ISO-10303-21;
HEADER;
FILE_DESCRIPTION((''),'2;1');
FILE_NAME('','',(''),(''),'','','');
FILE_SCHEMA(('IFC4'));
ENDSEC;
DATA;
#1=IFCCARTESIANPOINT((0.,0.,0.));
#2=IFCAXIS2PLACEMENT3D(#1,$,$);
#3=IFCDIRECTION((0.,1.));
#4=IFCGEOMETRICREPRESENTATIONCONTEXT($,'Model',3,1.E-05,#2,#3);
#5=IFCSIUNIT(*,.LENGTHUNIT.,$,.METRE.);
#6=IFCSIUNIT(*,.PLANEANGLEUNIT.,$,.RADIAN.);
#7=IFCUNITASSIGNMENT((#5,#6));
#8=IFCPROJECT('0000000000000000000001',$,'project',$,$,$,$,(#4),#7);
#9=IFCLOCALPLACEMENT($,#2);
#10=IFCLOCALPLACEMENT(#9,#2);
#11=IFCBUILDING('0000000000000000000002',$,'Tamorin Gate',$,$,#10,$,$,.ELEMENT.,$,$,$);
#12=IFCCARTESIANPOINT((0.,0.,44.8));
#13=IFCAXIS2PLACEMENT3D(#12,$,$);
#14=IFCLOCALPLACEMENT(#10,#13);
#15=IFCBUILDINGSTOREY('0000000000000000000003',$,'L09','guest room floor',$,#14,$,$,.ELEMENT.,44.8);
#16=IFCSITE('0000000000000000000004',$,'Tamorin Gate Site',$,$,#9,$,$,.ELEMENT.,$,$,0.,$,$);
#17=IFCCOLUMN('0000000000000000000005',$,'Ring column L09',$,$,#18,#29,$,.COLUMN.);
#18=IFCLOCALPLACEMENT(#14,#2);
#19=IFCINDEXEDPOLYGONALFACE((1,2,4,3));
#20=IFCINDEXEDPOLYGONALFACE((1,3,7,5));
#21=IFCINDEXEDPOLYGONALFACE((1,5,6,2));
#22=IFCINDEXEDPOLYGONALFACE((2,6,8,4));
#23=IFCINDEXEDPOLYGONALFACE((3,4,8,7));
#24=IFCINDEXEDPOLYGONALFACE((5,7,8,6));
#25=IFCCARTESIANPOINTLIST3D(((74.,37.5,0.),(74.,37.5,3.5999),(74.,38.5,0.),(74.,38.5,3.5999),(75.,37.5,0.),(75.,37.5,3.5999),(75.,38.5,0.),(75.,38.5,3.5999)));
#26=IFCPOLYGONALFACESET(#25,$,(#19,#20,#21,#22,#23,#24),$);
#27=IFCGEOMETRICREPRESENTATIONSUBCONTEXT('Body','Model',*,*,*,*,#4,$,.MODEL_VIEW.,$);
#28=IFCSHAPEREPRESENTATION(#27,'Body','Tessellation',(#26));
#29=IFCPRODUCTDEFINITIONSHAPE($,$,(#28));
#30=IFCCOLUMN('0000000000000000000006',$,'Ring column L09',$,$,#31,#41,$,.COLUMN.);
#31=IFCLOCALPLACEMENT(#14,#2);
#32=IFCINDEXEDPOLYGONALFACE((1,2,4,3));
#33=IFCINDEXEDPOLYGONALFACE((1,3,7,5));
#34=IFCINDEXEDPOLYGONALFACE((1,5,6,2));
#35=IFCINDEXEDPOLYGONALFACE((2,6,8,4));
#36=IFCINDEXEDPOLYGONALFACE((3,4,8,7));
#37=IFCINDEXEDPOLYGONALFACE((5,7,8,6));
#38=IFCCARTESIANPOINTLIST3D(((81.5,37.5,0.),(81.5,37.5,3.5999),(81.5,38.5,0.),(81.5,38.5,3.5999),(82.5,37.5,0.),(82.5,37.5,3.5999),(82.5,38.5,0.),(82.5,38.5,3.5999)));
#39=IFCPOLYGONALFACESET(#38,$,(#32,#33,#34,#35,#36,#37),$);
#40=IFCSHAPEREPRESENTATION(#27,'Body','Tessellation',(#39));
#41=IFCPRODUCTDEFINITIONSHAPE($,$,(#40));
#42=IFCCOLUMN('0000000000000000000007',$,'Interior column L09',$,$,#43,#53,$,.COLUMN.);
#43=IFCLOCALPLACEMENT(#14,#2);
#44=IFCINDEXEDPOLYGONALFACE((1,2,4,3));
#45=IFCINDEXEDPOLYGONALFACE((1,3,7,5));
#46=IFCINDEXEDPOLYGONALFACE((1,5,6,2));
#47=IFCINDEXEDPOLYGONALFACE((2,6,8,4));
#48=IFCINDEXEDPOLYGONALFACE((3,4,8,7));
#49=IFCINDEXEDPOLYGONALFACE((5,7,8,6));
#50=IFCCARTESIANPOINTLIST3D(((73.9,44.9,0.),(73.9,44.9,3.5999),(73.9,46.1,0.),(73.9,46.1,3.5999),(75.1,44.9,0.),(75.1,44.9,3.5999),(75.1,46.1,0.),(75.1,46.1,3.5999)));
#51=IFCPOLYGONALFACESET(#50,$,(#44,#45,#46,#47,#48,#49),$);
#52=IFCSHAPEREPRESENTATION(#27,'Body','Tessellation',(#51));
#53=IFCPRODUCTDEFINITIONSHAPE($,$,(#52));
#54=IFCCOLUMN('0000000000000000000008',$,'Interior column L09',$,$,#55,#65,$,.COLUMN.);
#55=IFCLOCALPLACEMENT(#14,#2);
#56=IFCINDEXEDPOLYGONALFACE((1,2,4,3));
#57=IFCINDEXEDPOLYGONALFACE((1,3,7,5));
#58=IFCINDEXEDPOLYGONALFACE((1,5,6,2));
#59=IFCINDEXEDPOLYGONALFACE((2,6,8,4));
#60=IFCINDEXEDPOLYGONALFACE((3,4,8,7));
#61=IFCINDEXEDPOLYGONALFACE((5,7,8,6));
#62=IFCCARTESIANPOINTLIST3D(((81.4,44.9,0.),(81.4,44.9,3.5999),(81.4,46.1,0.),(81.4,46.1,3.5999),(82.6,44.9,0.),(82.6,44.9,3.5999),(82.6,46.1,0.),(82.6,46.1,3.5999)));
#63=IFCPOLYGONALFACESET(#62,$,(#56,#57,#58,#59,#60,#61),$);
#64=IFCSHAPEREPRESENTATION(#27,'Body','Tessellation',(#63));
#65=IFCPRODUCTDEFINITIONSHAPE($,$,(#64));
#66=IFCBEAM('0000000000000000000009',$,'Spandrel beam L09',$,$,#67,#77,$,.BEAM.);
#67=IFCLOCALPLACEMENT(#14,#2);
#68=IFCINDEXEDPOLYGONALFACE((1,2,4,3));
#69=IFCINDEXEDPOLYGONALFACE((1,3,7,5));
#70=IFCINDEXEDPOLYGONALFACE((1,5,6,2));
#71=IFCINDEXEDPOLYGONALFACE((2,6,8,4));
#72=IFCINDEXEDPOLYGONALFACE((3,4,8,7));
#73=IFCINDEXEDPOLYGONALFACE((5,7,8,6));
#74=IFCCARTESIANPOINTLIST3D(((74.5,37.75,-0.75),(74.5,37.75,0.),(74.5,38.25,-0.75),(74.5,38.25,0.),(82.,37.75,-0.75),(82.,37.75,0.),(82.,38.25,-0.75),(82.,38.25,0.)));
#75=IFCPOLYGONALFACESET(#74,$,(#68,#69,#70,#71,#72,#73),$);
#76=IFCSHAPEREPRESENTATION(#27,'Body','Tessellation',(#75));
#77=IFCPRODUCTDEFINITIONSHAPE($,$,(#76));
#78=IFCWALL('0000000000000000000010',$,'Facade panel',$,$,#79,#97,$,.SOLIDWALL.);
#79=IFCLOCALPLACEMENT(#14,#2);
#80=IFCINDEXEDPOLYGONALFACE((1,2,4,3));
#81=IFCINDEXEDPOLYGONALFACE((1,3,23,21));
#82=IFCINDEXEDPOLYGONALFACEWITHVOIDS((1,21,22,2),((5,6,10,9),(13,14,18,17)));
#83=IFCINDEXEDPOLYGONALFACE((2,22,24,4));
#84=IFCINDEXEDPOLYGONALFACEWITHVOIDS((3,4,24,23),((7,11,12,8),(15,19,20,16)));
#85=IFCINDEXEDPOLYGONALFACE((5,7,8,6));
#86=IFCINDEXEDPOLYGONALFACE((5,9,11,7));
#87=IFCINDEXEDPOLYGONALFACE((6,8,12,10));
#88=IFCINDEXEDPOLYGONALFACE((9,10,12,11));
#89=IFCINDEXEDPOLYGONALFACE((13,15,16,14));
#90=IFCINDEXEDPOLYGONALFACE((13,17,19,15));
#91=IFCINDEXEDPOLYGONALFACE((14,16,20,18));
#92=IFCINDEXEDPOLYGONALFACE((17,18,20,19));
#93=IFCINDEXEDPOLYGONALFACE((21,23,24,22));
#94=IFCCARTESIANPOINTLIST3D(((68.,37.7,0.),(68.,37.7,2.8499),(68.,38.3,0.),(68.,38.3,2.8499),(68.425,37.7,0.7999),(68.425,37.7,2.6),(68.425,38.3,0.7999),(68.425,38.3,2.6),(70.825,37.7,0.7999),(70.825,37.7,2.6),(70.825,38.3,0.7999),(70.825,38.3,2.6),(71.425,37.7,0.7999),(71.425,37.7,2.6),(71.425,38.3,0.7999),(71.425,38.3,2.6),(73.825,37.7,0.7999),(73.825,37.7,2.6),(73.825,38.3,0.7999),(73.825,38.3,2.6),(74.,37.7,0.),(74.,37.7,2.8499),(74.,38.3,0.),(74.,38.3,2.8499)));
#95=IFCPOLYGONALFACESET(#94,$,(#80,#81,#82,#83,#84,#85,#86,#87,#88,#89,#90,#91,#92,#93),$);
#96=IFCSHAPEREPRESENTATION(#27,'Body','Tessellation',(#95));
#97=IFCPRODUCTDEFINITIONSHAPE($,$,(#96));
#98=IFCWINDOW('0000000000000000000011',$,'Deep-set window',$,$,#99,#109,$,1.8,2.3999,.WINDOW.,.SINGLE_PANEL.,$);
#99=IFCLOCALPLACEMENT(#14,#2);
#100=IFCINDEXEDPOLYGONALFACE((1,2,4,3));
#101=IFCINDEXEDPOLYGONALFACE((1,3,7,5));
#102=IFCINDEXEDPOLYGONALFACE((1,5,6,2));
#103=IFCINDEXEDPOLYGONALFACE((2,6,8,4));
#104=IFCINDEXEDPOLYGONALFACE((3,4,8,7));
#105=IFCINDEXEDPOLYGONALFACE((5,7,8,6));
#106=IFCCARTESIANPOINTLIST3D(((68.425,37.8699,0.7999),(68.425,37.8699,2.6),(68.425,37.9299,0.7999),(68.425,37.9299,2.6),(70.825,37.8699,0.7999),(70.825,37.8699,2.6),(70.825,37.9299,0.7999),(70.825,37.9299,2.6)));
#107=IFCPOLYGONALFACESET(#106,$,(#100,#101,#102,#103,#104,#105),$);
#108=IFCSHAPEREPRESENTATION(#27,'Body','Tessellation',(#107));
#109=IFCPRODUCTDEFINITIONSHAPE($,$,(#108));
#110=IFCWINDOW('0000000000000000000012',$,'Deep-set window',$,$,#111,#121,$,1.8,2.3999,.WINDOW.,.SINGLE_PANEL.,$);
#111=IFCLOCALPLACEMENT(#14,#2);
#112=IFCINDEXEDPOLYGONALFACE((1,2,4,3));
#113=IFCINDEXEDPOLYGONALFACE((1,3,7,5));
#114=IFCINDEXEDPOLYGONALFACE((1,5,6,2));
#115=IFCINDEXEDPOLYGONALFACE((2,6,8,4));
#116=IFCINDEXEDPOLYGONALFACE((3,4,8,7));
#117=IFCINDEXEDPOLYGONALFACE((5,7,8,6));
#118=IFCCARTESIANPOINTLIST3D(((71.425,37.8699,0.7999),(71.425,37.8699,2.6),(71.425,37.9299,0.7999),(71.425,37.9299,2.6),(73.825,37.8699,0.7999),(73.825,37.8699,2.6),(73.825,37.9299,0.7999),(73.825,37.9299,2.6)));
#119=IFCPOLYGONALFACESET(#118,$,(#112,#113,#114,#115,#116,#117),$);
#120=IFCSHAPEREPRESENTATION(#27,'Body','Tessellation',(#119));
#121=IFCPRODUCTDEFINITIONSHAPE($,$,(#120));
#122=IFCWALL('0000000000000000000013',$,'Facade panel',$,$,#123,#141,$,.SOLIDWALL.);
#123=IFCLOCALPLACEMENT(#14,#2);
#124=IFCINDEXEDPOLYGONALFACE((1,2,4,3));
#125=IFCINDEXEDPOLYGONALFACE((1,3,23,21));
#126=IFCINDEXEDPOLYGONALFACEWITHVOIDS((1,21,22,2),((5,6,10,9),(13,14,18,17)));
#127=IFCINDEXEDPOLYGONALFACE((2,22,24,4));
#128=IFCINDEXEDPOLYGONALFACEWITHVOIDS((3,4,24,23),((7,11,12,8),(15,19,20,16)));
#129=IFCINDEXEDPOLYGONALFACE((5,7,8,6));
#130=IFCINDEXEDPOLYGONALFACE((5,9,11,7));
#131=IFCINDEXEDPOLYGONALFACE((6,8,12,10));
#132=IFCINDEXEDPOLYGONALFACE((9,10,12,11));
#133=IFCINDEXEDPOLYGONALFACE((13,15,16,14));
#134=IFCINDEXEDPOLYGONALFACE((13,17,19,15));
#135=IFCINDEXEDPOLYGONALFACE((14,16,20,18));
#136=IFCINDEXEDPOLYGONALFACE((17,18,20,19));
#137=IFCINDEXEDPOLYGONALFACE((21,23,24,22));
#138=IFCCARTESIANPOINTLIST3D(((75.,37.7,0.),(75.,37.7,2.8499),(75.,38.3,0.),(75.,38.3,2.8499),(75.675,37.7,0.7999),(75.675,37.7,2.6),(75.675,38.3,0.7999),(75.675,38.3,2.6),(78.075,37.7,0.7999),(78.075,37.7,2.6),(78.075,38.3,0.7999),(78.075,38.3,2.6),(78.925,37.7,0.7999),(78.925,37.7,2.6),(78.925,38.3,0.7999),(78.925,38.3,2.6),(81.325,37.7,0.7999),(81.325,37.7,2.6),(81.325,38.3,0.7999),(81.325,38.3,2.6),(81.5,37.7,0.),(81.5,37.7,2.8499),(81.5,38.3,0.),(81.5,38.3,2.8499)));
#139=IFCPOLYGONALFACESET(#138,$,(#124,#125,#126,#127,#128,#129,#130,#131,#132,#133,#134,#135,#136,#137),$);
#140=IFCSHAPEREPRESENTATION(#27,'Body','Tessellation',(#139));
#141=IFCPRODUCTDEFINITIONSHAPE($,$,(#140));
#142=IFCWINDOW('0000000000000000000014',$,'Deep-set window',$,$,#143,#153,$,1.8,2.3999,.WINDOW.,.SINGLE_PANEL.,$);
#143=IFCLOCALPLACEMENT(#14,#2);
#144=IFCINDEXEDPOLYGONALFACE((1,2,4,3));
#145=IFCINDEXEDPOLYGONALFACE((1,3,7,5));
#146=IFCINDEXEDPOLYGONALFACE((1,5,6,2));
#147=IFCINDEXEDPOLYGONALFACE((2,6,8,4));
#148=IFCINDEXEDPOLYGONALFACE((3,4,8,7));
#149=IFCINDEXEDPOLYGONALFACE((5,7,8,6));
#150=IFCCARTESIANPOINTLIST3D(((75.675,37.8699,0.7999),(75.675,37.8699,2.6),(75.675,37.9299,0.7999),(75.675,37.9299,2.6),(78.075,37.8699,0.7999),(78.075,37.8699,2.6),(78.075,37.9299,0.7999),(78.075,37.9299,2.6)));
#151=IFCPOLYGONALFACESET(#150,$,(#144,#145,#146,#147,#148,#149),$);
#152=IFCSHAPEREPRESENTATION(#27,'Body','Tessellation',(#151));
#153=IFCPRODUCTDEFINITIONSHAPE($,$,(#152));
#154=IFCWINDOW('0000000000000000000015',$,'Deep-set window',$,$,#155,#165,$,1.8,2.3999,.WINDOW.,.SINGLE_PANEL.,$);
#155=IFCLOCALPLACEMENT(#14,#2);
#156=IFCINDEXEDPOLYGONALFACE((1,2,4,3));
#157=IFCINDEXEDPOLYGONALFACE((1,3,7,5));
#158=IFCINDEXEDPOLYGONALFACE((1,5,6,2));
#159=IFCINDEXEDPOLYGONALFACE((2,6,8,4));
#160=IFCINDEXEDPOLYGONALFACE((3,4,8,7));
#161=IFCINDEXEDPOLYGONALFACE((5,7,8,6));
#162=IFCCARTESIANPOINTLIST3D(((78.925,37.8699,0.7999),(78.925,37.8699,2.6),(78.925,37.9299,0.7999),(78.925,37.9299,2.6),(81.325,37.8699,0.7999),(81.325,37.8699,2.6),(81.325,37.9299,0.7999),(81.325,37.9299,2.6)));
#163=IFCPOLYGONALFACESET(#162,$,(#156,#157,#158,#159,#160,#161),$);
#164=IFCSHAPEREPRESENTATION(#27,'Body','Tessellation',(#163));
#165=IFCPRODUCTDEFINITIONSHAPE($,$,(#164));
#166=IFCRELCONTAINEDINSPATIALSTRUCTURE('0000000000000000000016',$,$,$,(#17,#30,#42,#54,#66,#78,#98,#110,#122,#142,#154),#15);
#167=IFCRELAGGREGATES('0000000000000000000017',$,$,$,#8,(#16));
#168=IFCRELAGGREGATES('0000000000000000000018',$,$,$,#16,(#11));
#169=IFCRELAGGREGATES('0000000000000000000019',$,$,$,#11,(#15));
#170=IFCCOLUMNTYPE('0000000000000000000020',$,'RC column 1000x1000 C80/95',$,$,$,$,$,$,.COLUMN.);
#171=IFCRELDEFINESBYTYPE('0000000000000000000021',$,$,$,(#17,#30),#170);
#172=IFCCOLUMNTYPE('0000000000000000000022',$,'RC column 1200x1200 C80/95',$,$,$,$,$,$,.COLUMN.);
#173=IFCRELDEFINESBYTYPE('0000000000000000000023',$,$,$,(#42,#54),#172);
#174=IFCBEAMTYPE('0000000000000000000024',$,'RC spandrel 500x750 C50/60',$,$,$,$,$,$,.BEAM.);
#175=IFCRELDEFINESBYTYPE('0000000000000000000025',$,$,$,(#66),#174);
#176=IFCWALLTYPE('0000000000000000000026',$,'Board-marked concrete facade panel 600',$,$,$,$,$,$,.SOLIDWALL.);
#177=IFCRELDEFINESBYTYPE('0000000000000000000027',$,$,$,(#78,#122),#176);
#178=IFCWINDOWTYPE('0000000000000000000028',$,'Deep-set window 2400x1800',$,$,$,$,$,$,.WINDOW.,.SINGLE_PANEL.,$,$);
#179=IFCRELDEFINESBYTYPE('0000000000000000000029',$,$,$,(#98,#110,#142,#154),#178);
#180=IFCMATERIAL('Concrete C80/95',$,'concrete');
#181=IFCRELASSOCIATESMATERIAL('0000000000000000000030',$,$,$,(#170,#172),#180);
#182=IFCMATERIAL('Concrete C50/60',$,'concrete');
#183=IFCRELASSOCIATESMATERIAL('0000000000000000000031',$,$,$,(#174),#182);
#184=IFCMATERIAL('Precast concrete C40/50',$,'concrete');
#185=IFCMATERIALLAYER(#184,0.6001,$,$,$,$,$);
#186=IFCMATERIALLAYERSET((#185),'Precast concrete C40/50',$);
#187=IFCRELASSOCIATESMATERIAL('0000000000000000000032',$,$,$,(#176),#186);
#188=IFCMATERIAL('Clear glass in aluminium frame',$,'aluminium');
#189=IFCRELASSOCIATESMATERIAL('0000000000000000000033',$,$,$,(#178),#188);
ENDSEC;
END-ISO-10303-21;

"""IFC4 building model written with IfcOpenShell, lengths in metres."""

from ifc_helpers import new_model, si_unit, direction, frame, frame_2d, origin, origin_2d, place, context, subcontext, project, spatial, rectangle, extrude, material, layer, layer_set, material_profile, profile_set, type_object, element, fill, save


model = new_model("IFC4")

# Units and contexts
model_context = context("Model", 3, precision=1e-05, world=origin(), true_north=direction((0.0, 1.0)))
body_context = subcontext(model_context, "Body", "Model", "MODEL_VIEW")
ifc_project = project(units=[si_unit("LENGTHUNIT", "METRE"), si_unit("PLANEANGLEUNIT", "RADIAN")], contexts=[model_context])

# Site, building, storey
site_placement = place(None, origin())
site = spatial("IfcSite", under=ifc_project, at=site_placement, Name="Tamorin Gate Site", CompositionType="ELEMENT", RefElevation=0.0)
building_placement = place(site_placement, origin())
building = spatial("IfcBuilding", under=site, at=building_placement, Name="Tamorin Gate", CompositionType="ELEMENT")
storey_placement = place(building_placement, frame((0.0, 0.0, 44.8)))
storey = spatial("IfcBuildingStorey", under=building, at=storey_placement, Name="L09", Description="guest room floor", CompositionType="ELEMENT", Elevation=44.8)

# Columns
ifc_material_1 = material(Name="Concrete C80/95", Category="concrete")
ifc_material_profile_1 = material_profile(ifc_material_1, rectangle(XDim=1.0, YDim=1.0, at=origin_2d()), Name="RC 1000x1000")
ifc_profile_set_1 = profile_set([ifc_material_profile_1], Name="Concrete C80/95")
column_type_1 = type_object("IfcColumnType", Name="RC column 1000x1000 C80/95", PredefinedType="COLUMN", material=ifc_profile_set_1)
for number, where, z_axis, x_axis, name in (
    (1, (74.5, 38.0, 0.0), (0.0, 0.0, 1.0), (1.0, 0.0, 0.0), "Ring column L09"),
    (2, (82.0, 38.0, 0.0), (0.0, 0.0, 1.0), (1.0, 0.0, 0.0), "Ring column L09"),
):
    element("IfcColumn", number, at=place(storey_placement, frame(where, z_axis=z_axis, x_axis=x_axis)), inside=storey, type_object=column_type_1, Name=name, PredefinedType="COLUMN", context=body_context, shape_type="SweptSolid", body=[
        extrude(rectangle(XDim=1.0, YDim=1.0, at=origin_2d()), origin(), (0.0, 0.0, 1.0), 3.5999),
    ])
ifc_material_profile_2 = material_profile(ifc_material_1, rectangle(XDim=1.2, YDim=1.2, at=origin_2d()), Name="RC 1200x1200")
ifc_profile_set_2 = profile_set([ifc_material_profile_2], Name="Concrete C80/95")
column_type_2 = type_object("IfcColumnType", Name="RC column 1200x1200 C80/95", PredefinedType="COLUMN", material=ifc_profile_set_2)
for number, where, z_axis, x_axis, name in (
    (3, (74.5, 45.5, 0.0), (0.0, 0.0, 1.0), (1.0, 0.0, 0.0), "Interior column L09"),
    (4, (82.0, 45.5, 0.0), (0.0, 0.0, 1.0), (1.0, 0.0, 0.0), "Interior column L09"),
):
    element("IfcColumn", number, at=place(storey_placement, frame(where, z_axis=z_axis, x_axis=x_axis)), inside=storey, type_object=column_type_2, Name=name, PredefinedType="COLUMN", context=body_context, shape_type="SweptSolid", body=[
        extrude(rectangle(XDim=1.2, YDim=1.2, at=origin_2d()), origin(), (0.0, 0.0, 1.0), 3.5999),
    ])

# Beam
ifc_material_2 = material(Name="Concrete C50/60", Category="concrete")
ifc_material_profile_3 = material_profile(ifc_material_2, rectangle(XDim=0.5, YDim=0.75, at=origin_2d()), Name="RC 500x750")
ifc_profile_set_3 = profile_set([ifc_material_profile_3], Name="Concrete C50/60")
beam_type = type_object("IfcBeamType", Name="RC spandrel 500x750 C50/60", PredefinedType="BEAM", material=ifc_profile_set_3)
beam_placement = place(storey_placement, frame((74.5, 38.0, -0.375), z_axis=(1.0, 0.0, 0.0), x_axis=(0.0, 1.0, 0.0)))
element("IfcBeam", 5, at=beam_placement, inside=storey, type_object=beam_type, Name="Spandrel beam L09", PredefinedType="BEAM", context=body_context, shape_type="SweptSolid", body=[
    extrude(rectangle(XDim=0.5, YDim=0.75, at=origin_2d()), origin(), (0.0, 0.0, 1.0), 7.5),
])

# Walls, openings, windows
ifc_material_3 = material(Name="Precast concrete C40/50", Category="concrete")
ifc_layer_1 = layer(ifc_material_3, 0.6001)
ifc_layer_set_1 = layer_set([ifc_layer_1], Name="Precast concrete C40/50")
wall_type_1 = type_object("IfcWallType", Name="Board-marked concrete facade panel 600", PredefinedType="SOLIDWALL", material=ifc_layer_set_1)
wall_1_placement = place(storey_placement, frame((68.0, 38.0, 0.0), z_axis=(0.0, 0.0, 1.0), x_axis=(1.0, 0.0, 0.0)))
wall_1 = element("IfcWall", 6, at=wall_1_placement, inside=storey, type_object=wall_type_1, Name="Facade panel", PredefinedType="SOLIDWALL", context=body_context, shape_type="SweptSolid", body=[
    extrude(rectangle(XDim=6.0, YDim=0.6001, at=frame_2d((3.0, 0.0))), origin(), (0.0, 0.0, 1.0), 2.8499),
])
opening_1_placement = place(wall_1_placement, frame((0.425, 0.0, 0.8)))
opening_1 = element("IfcOpeningElement", 7, at=opening_1_placement, cuts=wall_1, PredefinedType="OPENING", context=body_context, shape_type="SweptSolid", body=[
    extrude(rectangle(XDim=2.3999, YDim=1.8, at=frame_2d((1.2, 0.8999))), frame((0.0, 0.3101, 0.0), z_axis=(0.0, -1.0, 0.0), x_axis=(1.0, 0.0, 0.0)), (0.0, 0.0, 1.0), 0.6201),
])
opening_2_placement = place(wall_1_placement, frame((3.425, 0.0, 0.8)))
opening_2 = element("IfcOpeningElement", 8, at=opening_2_placement, cuts=wall_1, PredefinedType="OPENING", context=body_context, shape_type="SweptSolid", body=[
    extrude(rectangle(XDim=2.3999, YDim=1.8, at=frame_2d((1.2, 0.8999))), frame((0.0, 0.3101, 0.0), z_axis=(0.0, -1.0, 0.0), x_axis=(1.0, 0.0, 0.0)), (0.0, 0.0, 1.0), 0.6201),
])
ifc_material_4 = material(Name="Clear glass in aluminium frame", Category="aluminium")
window_type = type_object("IfcWindowType", Name="Deep-set window 2400x1800", PartitioningType="SINGLE_PANEL", PredefinedType="WINDOW", material=ifc_material_4)
window_1_placement = place(opening_1_placement, origin())
window_1 = element("IfcWindow", 9, at=window_1_placement, inside=storey, type_object=window_type, Name="Deep-set window", OverallHeight=1.8, OverallWidth=2.3999, PartitioningType="SINGLE_PANEL", PredefinedType="WINDOW", context=body_context, shape_type="SweptSolid", body=[
    extrude(rectangle(XDim=2.3999, YDim=1.8, at=frame_2d((1.2, 0.8999))), frame((0.0, -0.0701, 0.0), z_axis=(0.0, -1.0, 0.0), x_axis=(1.0, 0.0, 0.0)), (0.0, 0.0, 1.0), 0.0601),
])
fill(opening_1, window_1)
window_2_placement = place(opening_2_placement, origin())
window_2 = element("IfcWindow", 10, at=window_2_placement, inside=storey, type_object=window_type, Name="Deep-set window", OverallHeight=1.8, OverallWidth=2.3999, PartitioningType="SINGLE_PANEL", PredefinedType="WINDOW", context=body_context, shape_type="SweptSolid", body=[
    extrude(rectangle(XDim=2.3999, YDim=1.8, at=frame_2d((1.2, 0.8999))), frame((0.0, -0.0701, 0.0), z_axis=(0.0, -1.0, 0.0), x_axis=(1.0, 0.0, 0.0)), (0.0, 0.0, 1.0), 0.0601),
])
fill(opening_2, window_2)
wall_2_placement = place(storey_placement, frame((75.0, 38.0, 0.0), z_axis=(0.0, 0.0, 1.0), x_axis=(1.0, 0.0, 0.0)))
wall_2 = element("IfcWall", 11, at=wall_2_placement, inside=storey, type_object=wall_type_1, Name="Facade panel", PredefinedType="SOLIDWALL", context=body_context, shape_type="SweptSolid", body=[
    extrude(rectangle(XDim=6.5, YDim=0.6001, at=frame_2d((3.25, 0.0))), origin(), (0.0, 0.0, 1.0), 2.8499),
])
opening_3_placement = place(wall_2_placement, frame((0.675, 0.0, 0.8)))
opening_3 = element("IfcOpeningElement", 12, at=opening_3_placement, cuts=wall_2, PredefinedType="OPENING", context=body_context, shape_type="SweptSolid", body=[
    extrude(rectangle(XDim=2.3999, YDim=1.8, at=frame_2d((1.2, 0.8999))), frame((0.0, 0.3101, 0.0), z_axis=(0.0, -1.0, 0.0), x_axis=(1.0, 0.0, 0.0)), (0.0, 0.0, 1.0), 0.6201),
])
opening_4_placement = place(wall_2_placement, frame((3.925, 0.0, 0.8)))
opening_4 = element("IfcOpeningElement", 13, at=opening_4_placement, cuts=wall_2, PredefinedType="OPENING", context=body_context, shape_type="SweptSolid", body=[
    extrude(rectangle(XDim=2.3999, YDim=1.8, at=frame_2d((1.2, 0.8999))), frame((0.0, 0.3101, 0.0), z_axis=(0.0, -1.0, 0.0), x_axis=(1.0, 0.0, 0.0)), (0.0, 0.0, 1.0), 0.6201),
])
window_3_placement = place(opening_3_placement, origin())
window_3 = element("IfcWindow", 14, at=window_3_placement, inside=storey, type_object=window_type, Name="Deep-set window", OverallHeight=1.8, OverallWidth=2.3999, PartitioningType="SINGLE_PANEL", PredefinedType="WINDOW", context=body_context, shape_type="SweptSolid", body=[
    extrude(rectangle(XDim=2.3999, YDim=1.8, at=frame_2d((1.2, 0.8999))), frame((0.0, -0.0701, 0.0), z_axis=(0.0, -1.0, 0.0), x_axis=(1.0, 0.0, 0.0)), (0.0, 0.0, 1.0), 0.0601),
])
fill(opening_3, window_3)
window_4_placement = place(opening_4_placement, origin())
window_4 = element("IfcWindow", 15, at=window_4_placement, inside=storey, type_object=window_type, Name="Deep-set window", OverallHeight=1.8, OverallWidth=2.3999, PartitioningType="SINGLE_PANEL", PredefinedType="WINDOW", context=body_context, shape_type="SweptSolid", body=[
    extrude(rectangle(XDim=2.3999, YDim=1.8, at=frame_2d((1.2, 0.8999))), frame((0.0, -0.0701, 0.0), z_axis=(0.0, -1.0, 0.0), x_axis=(1.0, 0.0, 0.0)), (0.0, 0.0, 1.0), 0.0601),
])
fill(opening_4, window_4)

save(model, "model.ifc")
